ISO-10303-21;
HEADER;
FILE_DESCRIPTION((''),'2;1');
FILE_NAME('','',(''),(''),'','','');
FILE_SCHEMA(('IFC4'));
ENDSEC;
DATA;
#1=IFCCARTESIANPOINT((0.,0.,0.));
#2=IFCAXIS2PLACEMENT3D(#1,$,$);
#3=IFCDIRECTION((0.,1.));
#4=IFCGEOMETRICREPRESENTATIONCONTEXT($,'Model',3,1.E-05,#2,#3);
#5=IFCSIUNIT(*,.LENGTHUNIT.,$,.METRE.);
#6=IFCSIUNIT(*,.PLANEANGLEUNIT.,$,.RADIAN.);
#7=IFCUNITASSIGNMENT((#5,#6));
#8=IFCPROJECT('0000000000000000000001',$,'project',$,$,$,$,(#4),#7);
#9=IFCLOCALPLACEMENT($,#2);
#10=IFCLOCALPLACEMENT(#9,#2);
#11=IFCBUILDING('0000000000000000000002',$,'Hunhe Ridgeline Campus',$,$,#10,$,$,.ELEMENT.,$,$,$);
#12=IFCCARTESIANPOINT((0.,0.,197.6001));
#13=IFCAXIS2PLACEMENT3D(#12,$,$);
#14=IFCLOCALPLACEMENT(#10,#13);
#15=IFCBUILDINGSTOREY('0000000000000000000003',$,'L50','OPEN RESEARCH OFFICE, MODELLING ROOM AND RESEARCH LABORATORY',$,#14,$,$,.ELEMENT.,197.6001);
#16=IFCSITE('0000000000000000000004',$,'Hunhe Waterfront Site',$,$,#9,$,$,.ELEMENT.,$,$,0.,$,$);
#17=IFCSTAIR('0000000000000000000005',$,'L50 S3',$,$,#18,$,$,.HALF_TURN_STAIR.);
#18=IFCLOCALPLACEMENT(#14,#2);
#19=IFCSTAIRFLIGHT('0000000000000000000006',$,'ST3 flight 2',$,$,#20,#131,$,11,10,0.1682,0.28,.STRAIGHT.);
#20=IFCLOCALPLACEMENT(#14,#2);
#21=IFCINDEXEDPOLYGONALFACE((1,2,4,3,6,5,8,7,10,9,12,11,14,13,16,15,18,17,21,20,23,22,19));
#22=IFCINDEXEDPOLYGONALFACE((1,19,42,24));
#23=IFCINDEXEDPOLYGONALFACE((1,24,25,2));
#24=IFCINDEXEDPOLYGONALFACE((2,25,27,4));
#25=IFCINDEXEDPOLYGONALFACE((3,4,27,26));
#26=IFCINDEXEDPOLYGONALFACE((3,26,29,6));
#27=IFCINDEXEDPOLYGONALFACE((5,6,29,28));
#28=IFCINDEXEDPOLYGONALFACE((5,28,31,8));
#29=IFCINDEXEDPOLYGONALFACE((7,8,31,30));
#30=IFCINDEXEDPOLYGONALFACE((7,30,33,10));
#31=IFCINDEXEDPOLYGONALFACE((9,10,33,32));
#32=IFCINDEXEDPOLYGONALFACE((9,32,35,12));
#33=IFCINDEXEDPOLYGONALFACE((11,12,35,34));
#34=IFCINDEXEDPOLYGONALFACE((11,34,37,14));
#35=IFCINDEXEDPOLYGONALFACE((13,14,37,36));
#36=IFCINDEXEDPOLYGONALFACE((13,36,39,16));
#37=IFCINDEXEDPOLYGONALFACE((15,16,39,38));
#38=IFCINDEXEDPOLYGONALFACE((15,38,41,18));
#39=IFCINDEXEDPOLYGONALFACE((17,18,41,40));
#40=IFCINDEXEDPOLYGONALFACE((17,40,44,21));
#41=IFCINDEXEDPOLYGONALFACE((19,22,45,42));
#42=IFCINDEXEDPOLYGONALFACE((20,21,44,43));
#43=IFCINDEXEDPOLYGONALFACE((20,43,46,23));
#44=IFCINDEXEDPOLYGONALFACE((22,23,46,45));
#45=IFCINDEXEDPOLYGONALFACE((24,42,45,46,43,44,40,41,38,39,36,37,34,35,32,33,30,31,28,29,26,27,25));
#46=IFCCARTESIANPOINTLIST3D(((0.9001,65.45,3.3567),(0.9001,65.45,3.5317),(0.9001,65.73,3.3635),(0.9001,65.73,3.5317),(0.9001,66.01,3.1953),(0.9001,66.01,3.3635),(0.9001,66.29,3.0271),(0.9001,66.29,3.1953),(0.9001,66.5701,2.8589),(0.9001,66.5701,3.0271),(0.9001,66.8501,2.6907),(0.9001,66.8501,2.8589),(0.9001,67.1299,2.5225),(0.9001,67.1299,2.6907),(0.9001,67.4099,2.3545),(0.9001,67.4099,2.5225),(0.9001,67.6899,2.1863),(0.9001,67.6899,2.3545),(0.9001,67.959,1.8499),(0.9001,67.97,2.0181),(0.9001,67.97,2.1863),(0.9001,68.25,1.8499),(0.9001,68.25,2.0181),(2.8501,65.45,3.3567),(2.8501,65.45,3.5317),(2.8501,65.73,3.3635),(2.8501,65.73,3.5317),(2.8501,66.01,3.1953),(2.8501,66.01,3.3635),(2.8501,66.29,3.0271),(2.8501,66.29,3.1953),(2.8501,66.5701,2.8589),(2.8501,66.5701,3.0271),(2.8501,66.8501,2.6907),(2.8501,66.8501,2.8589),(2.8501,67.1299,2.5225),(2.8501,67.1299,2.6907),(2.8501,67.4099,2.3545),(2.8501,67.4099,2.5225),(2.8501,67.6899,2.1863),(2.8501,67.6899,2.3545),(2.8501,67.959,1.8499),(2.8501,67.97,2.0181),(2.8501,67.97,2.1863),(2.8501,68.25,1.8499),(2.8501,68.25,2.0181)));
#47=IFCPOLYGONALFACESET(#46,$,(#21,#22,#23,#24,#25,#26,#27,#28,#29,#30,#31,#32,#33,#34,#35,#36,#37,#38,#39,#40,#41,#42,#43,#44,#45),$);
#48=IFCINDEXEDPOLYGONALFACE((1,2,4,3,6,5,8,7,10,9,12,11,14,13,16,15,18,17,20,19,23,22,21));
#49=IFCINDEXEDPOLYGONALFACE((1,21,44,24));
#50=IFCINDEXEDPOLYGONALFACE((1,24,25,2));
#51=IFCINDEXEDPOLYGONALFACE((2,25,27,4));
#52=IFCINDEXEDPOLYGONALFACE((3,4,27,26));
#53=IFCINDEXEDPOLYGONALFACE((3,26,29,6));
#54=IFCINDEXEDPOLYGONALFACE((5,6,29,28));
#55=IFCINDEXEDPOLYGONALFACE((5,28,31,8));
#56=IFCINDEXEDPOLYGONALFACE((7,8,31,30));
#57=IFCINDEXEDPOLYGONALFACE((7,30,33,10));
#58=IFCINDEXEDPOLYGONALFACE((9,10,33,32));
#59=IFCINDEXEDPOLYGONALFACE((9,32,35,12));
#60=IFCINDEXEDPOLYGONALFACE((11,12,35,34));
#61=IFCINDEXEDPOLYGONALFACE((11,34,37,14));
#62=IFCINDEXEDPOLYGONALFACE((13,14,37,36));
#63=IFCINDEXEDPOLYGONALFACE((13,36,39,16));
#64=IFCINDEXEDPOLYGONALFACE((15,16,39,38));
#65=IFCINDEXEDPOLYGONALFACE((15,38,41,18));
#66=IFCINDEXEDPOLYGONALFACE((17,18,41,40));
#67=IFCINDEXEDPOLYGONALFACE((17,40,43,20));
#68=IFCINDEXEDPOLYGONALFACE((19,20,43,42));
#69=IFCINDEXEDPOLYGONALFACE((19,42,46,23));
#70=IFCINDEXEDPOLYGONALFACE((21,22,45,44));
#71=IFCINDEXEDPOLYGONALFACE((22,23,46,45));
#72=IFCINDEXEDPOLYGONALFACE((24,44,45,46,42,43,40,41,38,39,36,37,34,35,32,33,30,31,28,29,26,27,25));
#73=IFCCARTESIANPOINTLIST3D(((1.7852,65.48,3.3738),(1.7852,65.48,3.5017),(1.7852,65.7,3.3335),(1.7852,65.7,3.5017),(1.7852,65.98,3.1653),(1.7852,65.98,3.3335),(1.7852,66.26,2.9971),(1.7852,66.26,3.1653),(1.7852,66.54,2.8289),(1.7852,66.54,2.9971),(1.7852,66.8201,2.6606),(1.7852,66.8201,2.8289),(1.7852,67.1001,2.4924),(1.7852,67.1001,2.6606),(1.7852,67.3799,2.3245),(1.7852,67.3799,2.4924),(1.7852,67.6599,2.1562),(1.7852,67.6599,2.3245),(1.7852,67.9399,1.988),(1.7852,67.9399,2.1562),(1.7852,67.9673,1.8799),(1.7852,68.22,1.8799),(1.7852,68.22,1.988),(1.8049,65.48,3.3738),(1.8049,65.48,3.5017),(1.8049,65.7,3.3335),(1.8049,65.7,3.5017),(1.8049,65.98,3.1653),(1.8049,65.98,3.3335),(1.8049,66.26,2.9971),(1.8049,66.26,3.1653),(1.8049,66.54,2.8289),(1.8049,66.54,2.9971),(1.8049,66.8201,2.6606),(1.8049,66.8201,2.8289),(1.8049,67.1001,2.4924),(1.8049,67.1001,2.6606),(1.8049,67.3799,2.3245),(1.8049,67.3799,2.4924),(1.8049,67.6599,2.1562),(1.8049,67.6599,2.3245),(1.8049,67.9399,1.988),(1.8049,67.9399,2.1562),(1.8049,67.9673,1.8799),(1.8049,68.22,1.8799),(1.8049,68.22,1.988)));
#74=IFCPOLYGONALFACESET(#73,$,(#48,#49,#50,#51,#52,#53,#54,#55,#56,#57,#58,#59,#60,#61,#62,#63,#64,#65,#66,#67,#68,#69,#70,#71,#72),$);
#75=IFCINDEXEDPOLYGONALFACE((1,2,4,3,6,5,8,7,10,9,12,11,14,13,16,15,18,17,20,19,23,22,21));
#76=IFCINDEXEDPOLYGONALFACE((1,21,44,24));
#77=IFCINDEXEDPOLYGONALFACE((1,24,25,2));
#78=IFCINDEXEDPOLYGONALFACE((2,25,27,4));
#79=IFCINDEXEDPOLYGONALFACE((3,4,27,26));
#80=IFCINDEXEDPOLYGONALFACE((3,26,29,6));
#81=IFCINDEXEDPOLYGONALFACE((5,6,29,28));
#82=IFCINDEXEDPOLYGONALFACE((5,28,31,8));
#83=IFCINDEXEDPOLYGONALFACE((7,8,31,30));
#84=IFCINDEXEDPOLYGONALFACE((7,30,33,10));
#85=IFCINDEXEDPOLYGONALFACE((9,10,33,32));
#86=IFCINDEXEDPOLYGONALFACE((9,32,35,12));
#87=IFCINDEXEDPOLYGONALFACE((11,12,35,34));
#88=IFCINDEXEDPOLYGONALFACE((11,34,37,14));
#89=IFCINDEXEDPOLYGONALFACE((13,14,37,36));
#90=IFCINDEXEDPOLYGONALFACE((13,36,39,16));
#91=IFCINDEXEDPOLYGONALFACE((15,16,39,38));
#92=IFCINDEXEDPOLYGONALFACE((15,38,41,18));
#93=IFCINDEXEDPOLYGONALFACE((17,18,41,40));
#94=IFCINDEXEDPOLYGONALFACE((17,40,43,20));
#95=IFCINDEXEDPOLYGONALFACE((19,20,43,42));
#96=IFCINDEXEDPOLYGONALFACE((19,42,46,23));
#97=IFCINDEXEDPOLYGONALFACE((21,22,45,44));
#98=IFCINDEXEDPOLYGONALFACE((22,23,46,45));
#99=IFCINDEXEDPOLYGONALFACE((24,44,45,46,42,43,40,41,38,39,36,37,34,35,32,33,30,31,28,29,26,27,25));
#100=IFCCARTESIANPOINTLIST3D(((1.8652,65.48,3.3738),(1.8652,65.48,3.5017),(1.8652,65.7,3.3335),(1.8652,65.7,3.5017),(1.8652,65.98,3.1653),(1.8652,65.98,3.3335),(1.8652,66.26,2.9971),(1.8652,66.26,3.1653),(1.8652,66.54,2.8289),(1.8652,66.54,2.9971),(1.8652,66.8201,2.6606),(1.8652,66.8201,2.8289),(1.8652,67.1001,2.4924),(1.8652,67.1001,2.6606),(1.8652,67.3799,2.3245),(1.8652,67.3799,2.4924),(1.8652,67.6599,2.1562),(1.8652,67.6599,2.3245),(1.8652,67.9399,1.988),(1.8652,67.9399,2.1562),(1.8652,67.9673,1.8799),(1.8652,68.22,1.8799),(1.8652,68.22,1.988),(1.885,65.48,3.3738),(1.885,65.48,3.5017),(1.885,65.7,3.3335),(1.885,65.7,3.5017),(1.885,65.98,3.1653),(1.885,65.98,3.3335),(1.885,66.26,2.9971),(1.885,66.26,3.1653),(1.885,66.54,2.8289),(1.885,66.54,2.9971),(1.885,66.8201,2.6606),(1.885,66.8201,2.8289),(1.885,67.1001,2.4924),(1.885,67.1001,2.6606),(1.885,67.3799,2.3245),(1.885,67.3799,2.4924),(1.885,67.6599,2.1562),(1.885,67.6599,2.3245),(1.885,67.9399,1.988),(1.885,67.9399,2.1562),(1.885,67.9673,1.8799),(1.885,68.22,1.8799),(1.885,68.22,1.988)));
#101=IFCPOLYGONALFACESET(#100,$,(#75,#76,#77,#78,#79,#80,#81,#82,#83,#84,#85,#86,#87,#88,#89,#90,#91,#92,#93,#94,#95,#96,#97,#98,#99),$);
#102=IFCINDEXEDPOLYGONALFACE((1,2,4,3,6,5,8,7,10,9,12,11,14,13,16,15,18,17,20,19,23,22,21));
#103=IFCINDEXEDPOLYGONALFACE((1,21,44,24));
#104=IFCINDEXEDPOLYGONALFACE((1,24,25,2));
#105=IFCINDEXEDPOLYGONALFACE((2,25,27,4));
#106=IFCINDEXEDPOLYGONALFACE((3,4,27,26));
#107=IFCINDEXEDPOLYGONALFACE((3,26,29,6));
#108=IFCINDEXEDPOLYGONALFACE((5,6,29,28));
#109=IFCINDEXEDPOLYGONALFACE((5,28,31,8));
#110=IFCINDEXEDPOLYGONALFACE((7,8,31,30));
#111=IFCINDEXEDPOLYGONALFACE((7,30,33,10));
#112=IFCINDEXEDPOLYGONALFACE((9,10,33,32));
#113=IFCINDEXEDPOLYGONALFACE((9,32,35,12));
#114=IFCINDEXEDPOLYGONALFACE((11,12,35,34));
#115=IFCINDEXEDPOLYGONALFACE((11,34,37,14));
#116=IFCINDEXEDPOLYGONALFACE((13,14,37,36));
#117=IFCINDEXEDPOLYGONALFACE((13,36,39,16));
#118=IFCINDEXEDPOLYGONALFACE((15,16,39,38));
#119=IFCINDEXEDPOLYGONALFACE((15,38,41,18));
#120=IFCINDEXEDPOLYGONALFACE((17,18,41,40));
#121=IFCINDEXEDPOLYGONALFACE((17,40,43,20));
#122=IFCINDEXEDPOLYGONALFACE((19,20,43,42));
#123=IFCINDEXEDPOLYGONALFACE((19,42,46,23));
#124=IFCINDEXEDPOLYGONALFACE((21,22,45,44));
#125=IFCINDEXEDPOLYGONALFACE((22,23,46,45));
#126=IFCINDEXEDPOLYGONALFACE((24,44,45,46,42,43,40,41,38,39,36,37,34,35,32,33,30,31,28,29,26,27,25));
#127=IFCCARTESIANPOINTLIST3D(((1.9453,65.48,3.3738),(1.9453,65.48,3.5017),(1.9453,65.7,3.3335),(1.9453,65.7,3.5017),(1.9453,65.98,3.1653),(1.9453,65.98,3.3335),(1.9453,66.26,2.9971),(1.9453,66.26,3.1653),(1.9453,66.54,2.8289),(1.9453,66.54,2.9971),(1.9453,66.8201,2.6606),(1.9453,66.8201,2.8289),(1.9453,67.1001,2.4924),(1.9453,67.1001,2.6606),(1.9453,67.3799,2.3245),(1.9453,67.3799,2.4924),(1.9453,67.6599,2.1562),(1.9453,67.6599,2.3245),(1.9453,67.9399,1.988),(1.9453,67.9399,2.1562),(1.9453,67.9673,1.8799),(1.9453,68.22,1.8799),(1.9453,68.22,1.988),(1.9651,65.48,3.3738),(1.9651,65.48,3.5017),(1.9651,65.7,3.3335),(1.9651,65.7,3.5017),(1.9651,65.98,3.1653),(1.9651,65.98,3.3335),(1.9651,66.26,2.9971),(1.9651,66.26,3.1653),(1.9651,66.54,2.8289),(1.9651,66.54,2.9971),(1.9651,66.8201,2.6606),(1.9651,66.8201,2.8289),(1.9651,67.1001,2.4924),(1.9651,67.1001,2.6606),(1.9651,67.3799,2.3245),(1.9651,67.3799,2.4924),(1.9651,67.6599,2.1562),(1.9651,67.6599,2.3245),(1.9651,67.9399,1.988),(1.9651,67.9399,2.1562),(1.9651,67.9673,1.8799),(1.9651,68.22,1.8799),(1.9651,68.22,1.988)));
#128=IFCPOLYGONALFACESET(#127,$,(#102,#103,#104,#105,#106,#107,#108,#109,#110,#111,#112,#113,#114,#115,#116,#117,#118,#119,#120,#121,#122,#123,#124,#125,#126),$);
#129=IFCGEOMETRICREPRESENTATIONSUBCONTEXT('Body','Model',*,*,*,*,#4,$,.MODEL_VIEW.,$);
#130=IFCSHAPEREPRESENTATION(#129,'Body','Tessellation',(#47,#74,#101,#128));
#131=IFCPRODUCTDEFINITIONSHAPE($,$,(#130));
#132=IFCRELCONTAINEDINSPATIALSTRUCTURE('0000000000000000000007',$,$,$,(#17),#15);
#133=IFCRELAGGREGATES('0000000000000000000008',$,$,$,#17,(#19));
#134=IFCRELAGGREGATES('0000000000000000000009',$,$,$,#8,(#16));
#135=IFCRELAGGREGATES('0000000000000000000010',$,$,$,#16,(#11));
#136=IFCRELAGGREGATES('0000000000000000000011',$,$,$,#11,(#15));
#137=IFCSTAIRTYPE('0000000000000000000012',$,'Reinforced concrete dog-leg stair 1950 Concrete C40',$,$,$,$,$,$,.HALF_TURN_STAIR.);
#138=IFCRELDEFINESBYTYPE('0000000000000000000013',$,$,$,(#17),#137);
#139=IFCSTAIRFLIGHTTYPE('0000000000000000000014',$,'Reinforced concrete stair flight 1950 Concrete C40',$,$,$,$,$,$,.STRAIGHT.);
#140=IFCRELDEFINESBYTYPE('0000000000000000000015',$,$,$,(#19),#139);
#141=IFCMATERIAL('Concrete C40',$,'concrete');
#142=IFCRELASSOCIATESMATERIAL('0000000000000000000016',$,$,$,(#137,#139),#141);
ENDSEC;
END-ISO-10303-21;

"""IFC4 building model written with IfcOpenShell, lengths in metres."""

from ifc_helpers import new_model, si_unit, direction, frame, origin, place, context, subcontext, project, spatial, polyline, outline, extrude, material, type_object, element, aggregate, save


model = new_model("IFC4")

# Units and contexts
model_context = context("Model", 3, precision=1e-05, world=origin(), true_north=direction((0.0, 1.0)))
body_context = subcontext(model_context, "Body", "Model", "MODEL_VIEW")
ifc_project = project(units=[si_unit("LENGTHUNIT", "METRE"), si_unit("PLANEANGLEUNIT", "RADIAN")], contexts=[model_context])

# Site, building, storey
site_placement = place(None, origin())
site = spatial("IfcSite", under=ifc_project, at=site_placement, Name="Hunhe Waterfront Site", CompositionType="ELEMENT", RefElevation=0.0)
building_placement = place(site_placement, origin())
building = spatial("IfcBuilding", under=site, at=building_placement, Name="Hunhe Ridgeline Campus", CompositionType="ELEMENT")
storey_placement = place(building_placement, frame((0.0, 0.0, 197.6001)))
storey = spatial("IfcBuildingStorey", under=building, at=storey_placement, Name="L50", Description="OPEN RESEARCH OFFICE, MODELLING ROOM AND RESEARCH LABORATORY", CompositionType="ELEMENT", Elevation=197.6001)

# Stair, stair flight
ifc_material_1 = material(Name="Concrete C40", Category="concrete")
stair_type = type_object("IfcStairType", Name="Reinforced concrete dog-leg stair 1950 Concrete C40", PredefinedType="HALF_TURN_STAIR", material=ifc_material_1)
stair_1_placement = place(storey_placement, origin())
stair_1 = element("IfcStair", 1, at=stair_1_placement, inside=storey, type_object=stair_type, Name="L50 S3", PredefinedType="HALF_TURN_STAIR")
stair_flight_type = type_object("IfcStairFlightType", Name="Reinforced concrete stair flight 1950 Concrete C40", PredefinedType="STRAIGHT", material=ifc_material_1)
stair_flight_1_placement = place(storey_placement, frame((1.875, 68.25, 1.8499), z_axis=(0.0, 0.0, 1.0), x_axis=(0.0, -1.0, 0.0)))
stair_flight_1 = element("IfcStairFlight", 2, at=stair_flight_1_placement, type_object=stair_flight_type, Name="ST3 flight 2", NumberOfRisers=11, NumberOfTreads=10, PredefinedType="STRAIGHT", RiserHeight=0.1682, TreadLength=0.28, context=body_context, shape_type="SweptSolid", body=[
    extrude(outline(polyline([(0.0, 0.0), (0.0, 0.1682), (0.28, 0.1682), (0.28, 0.3364), (0.5601, 0.3364), (0.5601, 0.5046), (0.8401, 0.5046), (0.8401, 0.6726), (1.1201, 0.6726), (1.1201, 0.8408), (1.3999, 0.8408), (1.3999, 1.009), (1.6799, 1.009), (1.6799, 1.1772), (1.96, 1.1772), (1.96, 1.3455), (2.24, 1.3455), (2.24, 1.5137), (2.52, 1.5137), (2.52, 1.6819), (2.8, 1.6819), (2.8, 1.8501), (2.8, 1.5068), (0.291, 0.0), (0.0, 0.0)])), frame((0.0, 0.9751, 0.0), z_axis=(0.0, -1.0, 0.0), x_axis=(1.0, 0.0, 0.0)), (0.0, 0.0, 1.0), 1.95),
    extrude(outline(polyline([(0.03, 0.03), (0.03, 0.1382), (0.3101, 0.1382), (0.3101, 0.3064), (0.5901, 0.3064), (0.5901, 0.4746), (0.8701, 0.4746), (0.8701, 0.6426), (1.1499, 0.6426), (1.1499, 0.8108), (1.4299, 0.8108), (1.4299, 0.979), (1.71, 0.979), (1.71, 1.1472), (1.99, 1.1472), (1.99, 1.3154), (2.27, 1.3154), (2.27, 1.4836), (2.55, 1.4836), (2.55, 1.6519), (2.77, 1.6519), (2.77, 1.5239), (0.2827, 0.03), (0.03, 0.03)])), frame((0.0, -0.0701, 0.0), z_axis=(0.0, -1.0, 0.0), x_axis=(1.0, 0.0, 0.0)), (0.0, 0.0, 1.0), 0.0198),
    extrude(outline(polyline([(0.03, 0.03), (0.03, 0.1382), (0.3101, 0.1382), (0.3101, 0.3064), (0.5901, 0.3064), (0.5901, 0.4746), (0.8701, 0.4746), (0.8701, 0.6426), (1.1499, 0.6426), (1.1499, 0.8108), (1.4299, 0.8108), (1.4299, 0.979), (1.71, 0.979), (1.71, 1.1472), (1.99, 1.1472), (1.99, 1.3154), (2.27, 1.3154), (2.27, 1.4836), (2.55, 1.4836), (2.55, 1.6519), (2.77, 1.6519), (2.77, 1.5239), (0.2827, 0.03), (0.03, 0.03)])), frame((0.0, 0.01, 0.0), z_axis=(0.0, -1.0, 0.0), x_axis=(1.0, 0.0, 0.0)), (0.0, 0.0, 1.0), 0.0198),
    extrude(outline(polyline([(0.03, 0.03), (0.03, 0.1382), (0.3101, 0.1382), (0.3101, 0.3064), (0.5901, 0.3064), (0.5901, 0.4746), (0.8701, 0.4746), (0.8701, 0.6426), (1.1499, 0.6426), (1.1499, 0.8108), (1.4299, 0.8108), (1.4299, 0.979), (1.71, 0.979), (1.71, 1.1472), (1.99, 1.1472), (1.99, 1.3154), (2.27, 1.3154), (2.27, 1.4836), (2.55, 1.4836), (2.55, 1.6519), (2.77, 1.6519), (2.77, 1.5239), (0.2827, 0.03), (0.03, 0.03)])), frame((0.0, 0.0901, 0.0), z_axis=(0.0, -1.0, 0.0), x_axis=(1.0, 0.0, 0.0)), (0.0, 0.0, 1.0), 0.0198),
])
aggregate(stair_1, [stair_flight_1])

save(model, "model.ifc")
